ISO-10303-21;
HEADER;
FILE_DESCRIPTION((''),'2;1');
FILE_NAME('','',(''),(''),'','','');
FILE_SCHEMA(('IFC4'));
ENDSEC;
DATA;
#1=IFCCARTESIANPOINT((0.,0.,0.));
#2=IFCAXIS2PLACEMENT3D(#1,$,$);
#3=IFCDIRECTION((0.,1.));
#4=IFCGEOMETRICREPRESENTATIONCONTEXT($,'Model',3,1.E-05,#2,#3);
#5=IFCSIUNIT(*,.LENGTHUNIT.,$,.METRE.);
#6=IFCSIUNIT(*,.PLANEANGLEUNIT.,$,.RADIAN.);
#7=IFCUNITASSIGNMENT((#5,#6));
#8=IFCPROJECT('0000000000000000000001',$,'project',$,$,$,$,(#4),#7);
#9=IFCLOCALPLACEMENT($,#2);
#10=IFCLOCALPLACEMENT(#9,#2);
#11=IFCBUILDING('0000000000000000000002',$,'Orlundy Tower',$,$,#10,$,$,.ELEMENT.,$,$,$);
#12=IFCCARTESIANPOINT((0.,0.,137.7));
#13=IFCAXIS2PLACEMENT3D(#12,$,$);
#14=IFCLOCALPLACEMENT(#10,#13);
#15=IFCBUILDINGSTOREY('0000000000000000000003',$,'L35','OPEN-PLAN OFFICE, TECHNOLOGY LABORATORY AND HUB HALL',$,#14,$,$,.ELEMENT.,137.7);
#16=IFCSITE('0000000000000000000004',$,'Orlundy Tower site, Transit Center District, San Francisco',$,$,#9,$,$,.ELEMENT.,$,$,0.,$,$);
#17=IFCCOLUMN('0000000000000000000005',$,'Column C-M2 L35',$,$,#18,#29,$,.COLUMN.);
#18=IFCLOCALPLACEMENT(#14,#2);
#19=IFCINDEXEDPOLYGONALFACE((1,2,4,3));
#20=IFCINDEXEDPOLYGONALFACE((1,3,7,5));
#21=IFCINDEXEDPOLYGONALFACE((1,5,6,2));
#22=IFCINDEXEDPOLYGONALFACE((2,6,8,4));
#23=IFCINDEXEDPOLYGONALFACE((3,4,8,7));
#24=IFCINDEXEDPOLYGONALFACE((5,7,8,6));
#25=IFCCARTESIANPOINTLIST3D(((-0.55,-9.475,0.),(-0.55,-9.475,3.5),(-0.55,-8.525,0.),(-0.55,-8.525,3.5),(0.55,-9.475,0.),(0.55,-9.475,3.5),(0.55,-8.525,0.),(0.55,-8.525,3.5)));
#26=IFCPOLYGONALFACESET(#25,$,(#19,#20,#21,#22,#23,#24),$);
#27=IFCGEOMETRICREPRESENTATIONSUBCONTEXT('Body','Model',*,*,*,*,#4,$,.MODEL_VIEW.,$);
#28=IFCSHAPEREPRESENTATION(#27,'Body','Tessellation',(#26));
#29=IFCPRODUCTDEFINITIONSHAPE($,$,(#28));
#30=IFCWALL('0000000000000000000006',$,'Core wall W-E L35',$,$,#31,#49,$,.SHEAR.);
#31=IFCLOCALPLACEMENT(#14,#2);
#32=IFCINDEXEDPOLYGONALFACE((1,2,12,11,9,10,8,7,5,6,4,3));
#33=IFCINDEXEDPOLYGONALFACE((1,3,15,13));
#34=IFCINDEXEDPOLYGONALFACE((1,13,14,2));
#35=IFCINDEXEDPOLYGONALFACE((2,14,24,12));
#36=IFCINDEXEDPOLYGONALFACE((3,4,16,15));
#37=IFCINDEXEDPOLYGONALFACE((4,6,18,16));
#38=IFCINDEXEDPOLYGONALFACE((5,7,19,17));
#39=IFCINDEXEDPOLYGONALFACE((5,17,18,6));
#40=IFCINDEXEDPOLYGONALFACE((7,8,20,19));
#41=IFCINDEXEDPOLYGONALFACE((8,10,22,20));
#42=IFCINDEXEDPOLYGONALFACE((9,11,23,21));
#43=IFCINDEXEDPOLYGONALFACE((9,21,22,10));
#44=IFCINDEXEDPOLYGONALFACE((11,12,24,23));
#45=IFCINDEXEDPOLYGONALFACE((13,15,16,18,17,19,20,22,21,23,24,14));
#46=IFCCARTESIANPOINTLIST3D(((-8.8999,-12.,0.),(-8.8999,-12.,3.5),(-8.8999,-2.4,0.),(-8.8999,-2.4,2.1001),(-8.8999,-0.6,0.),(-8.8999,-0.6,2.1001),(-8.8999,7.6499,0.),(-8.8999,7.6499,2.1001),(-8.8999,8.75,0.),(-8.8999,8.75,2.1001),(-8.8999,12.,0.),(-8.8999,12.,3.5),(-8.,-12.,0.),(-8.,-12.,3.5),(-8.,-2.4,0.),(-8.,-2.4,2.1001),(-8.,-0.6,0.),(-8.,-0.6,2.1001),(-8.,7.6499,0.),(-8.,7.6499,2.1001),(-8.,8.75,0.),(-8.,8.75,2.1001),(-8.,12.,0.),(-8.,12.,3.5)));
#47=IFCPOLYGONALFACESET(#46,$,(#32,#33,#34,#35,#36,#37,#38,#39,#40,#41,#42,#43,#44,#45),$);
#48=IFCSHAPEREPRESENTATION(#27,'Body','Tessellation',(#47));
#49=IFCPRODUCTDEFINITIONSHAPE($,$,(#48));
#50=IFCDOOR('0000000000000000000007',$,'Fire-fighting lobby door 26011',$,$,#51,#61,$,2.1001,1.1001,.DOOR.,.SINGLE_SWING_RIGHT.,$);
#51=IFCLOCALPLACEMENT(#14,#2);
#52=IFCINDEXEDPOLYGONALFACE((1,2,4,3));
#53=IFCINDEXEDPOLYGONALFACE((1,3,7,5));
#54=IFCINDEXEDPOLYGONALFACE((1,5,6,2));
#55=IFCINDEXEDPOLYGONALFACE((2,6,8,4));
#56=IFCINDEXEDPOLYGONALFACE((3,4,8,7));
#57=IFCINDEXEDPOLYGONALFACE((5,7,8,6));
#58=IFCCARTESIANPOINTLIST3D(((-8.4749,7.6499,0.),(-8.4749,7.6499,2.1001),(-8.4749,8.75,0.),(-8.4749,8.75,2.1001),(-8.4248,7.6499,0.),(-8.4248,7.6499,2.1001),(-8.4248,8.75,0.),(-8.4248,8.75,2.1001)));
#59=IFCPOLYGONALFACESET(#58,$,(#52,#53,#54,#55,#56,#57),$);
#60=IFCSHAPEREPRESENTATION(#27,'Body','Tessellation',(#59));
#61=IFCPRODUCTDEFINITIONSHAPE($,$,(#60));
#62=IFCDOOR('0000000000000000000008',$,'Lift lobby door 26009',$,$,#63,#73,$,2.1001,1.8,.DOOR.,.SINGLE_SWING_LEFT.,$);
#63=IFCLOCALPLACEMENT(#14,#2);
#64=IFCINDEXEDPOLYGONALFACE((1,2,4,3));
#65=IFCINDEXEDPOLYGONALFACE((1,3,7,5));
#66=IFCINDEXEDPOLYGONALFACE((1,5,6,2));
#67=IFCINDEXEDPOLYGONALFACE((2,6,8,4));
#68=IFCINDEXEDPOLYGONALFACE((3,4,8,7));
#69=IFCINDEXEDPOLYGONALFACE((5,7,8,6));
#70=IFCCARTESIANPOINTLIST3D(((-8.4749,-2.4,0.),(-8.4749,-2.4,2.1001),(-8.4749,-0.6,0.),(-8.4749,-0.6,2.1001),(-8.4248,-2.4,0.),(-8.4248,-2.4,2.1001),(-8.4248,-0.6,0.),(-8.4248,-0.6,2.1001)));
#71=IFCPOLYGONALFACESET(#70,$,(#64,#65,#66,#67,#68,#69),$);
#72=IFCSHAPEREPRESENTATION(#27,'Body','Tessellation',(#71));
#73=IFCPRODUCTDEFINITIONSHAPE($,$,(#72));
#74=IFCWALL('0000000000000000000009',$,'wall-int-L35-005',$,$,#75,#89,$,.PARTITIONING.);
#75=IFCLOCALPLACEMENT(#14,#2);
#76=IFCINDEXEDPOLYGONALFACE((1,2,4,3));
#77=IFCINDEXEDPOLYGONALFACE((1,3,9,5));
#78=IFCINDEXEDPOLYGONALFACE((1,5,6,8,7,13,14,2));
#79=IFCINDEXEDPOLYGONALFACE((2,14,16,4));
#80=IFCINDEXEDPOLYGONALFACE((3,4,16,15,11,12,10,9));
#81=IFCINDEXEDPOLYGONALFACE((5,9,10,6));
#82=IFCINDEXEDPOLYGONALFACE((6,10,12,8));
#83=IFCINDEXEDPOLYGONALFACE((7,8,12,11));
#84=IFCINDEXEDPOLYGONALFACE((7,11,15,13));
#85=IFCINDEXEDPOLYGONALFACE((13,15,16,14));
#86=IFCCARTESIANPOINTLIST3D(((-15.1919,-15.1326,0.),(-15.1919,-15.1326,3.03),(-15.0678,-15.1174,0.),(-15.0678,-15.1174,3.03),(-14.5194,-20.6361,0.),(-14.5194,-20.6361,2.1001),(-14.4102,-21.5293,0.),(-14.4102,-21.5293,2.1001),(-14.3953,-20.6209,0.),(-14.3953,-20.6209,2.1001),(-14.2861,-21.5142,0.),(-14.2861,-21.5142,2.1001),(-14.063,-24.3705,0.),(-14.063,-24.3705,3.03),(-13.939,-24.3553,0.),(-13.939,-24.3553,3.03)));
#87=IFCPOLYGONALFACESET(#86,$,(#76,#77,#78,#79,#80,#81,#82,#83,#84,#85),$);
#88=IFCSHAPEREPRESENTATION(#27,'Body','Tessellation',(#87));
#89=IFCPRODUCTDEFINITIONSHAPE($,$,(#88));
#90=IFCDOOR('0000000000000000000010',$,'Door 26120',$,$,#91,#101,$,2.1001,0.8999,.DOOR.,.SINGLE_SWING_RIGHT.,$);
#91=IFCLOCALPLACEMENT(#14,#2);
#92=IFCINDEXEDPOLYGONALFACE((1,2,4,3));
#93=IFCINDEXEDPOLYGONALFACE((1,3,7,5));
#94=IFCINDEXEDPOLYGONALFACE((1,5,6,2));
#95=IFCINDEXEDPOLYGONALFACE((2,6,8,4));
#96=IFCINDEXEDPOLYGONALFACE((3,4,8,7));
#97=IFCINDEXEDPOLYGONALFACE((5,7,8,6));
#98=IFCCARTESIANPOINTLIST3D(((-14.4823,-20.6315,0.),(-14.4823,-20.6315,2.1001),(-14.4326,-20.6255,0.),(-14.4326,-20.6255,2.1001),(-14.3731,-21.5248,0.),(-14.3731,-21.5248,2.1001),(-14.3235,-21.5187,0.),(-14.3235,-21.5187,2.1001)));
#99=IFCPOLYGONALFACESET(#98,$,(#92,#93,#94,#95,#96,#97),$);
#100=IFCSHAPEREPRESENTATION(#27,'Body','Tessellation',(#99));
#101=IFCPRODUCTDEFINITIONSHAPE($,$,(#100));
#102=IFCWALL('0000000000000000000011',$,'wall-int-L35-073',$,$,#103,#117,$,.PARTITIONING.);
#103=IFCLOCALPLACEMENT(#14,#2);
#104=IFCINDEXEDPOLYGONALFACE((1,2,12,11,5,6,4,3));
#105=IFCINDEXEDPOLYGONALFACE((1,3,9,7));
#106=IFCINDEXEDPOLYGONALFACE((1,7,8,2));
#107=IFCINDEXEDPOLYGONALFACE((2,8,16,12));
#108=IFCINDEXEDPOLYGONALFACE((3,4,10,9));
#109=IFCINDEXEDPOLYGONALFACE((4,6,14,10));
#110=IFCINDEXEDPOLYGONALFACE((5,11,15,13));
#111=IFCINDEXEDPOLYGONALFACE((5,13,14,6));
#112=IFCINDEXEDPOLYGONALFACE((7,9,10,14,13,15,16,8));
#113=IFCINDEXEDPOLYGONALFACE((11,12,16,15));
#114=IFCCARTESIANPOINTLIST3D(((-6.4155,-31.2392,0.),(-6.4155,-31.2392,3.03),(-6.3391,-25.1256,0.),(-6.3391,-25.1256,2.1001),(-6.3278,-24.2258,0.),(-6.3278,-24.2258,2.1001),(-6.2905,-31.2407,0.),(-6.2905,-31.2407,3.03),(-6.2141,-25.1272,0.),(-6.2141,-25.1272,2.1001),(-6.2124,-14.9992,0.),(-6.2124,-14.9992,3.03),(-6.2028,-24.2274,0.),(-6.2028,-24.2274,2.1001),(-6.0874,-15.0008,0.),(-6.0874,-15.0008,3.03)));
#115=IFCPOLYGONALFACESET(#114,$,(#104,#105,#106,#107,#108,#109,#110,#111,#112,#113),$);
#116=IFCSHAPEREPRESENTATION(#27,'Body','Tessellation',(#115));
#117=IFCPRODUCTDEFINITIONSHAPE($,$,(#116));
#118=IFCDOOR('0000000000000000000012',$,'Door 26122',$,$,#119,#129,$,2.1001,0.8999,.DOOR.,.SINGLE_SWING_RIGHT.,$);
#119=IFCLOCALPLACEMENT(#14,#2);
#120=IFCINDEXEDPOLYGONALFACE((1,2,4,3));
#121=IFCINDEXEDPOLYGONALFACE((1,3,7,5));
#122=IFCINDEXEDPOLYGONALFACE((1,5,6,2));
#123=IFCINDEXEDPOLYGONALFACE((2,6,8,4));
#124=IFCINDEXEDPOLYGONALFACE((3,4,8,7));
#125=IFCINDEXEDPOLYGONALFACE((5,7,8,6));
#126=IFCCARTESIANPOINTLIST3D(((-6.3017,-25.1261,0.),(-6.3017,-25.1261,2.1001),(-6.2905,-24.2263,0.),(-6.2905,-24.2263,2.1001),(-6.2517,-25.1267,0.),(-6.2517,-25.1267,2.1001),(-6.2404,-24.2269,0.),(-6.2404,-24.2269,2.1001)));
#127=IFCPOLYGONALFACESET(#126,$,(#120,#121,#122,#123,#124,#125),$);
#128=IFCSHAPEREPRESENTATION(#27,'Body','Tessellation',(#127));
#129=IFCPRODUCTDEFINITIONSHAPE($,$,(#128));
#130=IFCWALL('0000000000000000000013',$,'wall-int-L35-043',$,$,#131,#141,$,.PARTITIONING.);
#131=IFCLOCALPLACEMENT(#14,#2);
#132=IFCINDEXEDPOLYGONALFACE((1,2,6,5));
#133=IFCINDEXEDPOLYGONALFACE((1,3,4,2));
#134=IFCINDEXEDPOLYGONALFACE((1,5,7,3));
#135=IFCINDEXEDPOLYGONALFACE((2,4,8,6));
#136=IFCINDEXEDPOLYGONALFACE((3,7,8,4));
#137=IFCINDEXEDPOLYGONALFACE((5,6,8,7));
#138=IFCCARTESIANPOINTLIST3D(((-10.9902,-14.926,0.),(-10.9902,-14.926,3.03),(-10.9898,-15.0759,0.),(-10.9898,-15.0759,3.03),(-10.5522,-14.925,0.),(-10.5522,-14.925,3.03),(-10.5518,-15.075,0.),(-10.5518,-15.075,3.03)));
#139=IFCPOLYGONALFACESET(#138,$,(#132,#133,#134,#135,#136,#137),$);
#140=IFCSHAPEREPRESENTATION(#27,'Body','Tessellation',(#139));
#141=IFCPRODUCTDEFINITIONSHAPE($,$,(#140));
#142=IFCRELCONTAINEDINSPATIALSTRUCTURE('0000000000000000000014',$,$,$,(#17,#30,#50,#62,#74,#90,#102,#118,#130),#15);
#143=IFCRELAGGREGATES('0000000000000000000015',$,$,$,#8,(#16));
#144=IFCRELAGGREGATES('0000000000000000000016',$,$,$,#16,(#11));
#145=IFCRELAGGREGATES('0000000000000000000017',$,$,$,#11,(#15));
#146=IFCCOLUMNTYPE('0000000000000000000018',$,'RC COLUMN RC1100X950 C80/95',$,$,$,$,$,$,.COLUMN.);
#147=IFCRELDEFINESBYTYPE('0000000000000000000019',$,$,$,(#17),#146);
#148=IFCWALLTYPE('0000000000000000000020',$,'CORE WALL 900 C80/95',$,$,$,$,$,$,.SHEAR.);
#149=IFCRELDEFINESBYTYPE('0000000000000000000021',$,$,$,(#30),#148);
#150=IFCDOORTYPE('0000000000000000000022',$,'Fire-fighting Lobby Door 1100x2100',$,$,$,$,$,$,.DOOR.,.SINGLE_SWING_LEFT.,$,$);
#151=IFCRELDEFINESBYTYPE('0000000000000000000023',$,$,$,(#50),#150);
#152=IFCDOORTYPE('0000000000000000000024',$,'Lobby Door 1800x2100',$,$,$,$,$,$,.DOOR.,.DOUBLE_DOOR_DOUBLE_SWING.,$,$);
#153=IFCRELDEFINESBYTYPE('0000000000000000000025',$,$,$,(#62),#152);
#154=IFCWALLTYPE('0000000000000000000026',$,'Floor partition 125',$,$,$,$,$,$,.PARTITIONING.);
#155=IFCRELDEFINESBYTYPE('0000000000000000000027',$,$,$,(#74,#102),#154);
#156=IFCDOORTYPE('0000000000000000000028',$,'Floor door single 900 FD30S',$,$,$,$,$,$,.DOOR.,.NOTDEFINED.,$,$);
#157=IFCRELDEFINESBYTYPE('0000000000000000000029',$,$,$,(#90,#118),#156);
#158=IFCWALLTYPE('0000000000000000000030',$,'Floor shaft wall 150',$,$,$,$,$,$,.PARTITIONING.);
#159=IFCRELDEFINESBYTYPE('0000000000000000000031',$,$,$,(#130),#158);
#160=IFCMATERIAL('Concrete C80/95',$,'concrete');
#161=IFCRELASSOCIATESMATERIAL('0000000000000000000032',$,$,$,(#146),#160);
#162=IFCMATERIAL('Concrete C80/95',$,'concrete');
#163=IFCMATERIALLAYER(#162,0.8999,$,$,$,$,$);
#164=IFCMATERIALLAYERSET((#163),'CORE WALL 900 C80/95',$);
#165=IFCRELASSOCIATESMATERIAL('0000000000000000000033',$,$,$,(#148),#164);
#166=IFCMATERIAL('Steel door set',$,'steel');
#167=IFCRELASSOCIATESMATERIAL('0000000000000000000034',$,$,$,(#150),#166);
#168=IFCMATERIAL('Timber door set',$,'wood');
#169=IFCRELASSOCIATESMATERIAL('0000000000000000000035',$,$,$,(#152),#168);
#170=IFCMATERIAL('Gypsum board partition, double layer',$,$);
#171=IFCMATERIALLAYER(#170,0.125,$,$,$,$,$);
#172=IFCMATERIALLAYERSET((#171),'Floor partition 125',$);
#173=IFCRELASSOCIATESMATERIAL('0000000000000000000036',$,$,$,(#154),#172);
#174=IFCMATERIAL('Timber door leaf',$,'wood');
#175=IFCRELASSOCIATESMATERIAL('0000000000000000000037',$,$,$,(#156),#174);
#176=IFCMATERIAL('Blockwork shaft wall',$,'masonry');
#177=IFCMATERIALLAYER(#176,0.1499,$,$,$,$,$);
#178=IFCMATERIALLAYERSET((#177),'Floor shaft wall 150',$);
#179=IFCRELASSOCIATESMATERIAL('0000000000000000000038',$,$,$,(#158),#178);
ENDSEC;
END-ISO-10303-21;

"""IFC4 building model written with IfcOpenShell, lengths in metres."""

from ifc_helpers import new_model, si_unit, direction, frame, frame_2d, origin, origin_2d, place, context, subcontext, project, spatial, rectangle, extrude, material, layer, layer_set, material_profile, profile_set, type_object, element, fill, save


model = new_model("IFC4")

# Units and contexts
model_context = context("Model", 3, precision=1e-05, world=origin(), true_north=direction((0.0, 1.0)))
body_context = subcontext(model_context, "Body", "Model", "MODEL_VIEW")
ifc_project = project(units=[si_unit("LENGTHUNIT", "METRE"), si_unit("PLANEANGLEUNIT", "RADIAN")], contexts=[model_context])

# Site, building, storey
site_placement = place(None, origin())
site = spatial("IfcSite", under=ifc_project, at=site_placement, Name="Orlundy Tower site, Transit Center District, San Francisco", CompositionType="ELEMENT", RefElevation=0.0)
building_placement = place(site_placement, origin())
building = spatial("IfcBuilding", under=site, at=building_placement, Name="Orlundy Tower", CompositionType="ELEMENT")
storey_placement = place(building_placement, frame((0.0, 0.0, 137.7)))
storey = spatial("IfcBuildingStorey", under=building, at=storey_placement, Name="L35", Description="OPEN-PLAN OFFICE, TECHNOLOGY LABORATORY AND HUB HALL", CompositionType="ELEMENT", Elevation=137.7)

# Column
ifc_material_1 = material(Name="Concrete C80/95", Category="concrete")
ifc_material_profile = material_profile(ifc_material_1, rectangle(XDim=1.1001, YDim=0.95, at=origin_2d()), Name="RC1100X950")
ifc_profile_set = profile_set([ifc_material_profile], Name="Concrete C80/95")
column_type = type_object("IfcColumnType", Name="RC COLUMN RC1100X950 C80/95", PredefinedType="COLUMN", material=ifc_profile_set)
column_placement = place(storey_placement, frame((0.0, -9.0, 0.0), z_axis=(0.0, 0.0, 1.0), x_axis=(1.0, 0.0, 0.0)))
element("IfcColumn", 1, at=column_placement, inside=storey, type_object=column_type, Name="Column C-M2 L35", PredefinedType="COLUMN", context=body_context, shape_type="SweptSolid", body=[
    extrude(rectangle(XDim=1.1001, YDim=0.95, at=origin_2d()), origin(), (0.0, 0.0, 1.0), 3.5),
])

# Wall, openings, doors
ifc_material_2 = material(Name="Concrete C80/95", Category="concrete")
ifc_layer_1 = layer(ifc_material_2, 0.8999)
ifc_layer_set_1 = layer_set([ifc_layer_1], Name="CORE WALL 900 C80/95")
wall_type_1 = type_object("IfcWallType", Name="CORE WALL 900 C80/95", PredefinedType="SHEAR", material=ifc_layer_set_1)
wall_1_placement = place(storey_placement, frame((-8.45, -12.0, 0.0), z_axis=(0.0, 0.0, 1.0), x_axis=(0.0, 1.0, 0.0)))
wall_1 = element("IfcWall", 2, at=wall_1_placement, inside=storey, type_object=wall_type_1, Name="Core wall W-E L35", PredefinedType="SHEAR", context=body_context, shape_type="SweptSolid", body=[
    extrude(rectangle(XDim=24.0, YDim=0.8999, at=frame_2d((12.0, 0.0))), origin(), (0.0, 0.0, 1.0), 3.5),
])
opening_1_placement = place(wall_1_placement, frame((9.6001, 0.0, 0.0)))
opening_1 = element("IfcOpeningElement", 3, at=opening_1_placement, cuts=wall_1, PredefinedType="OPENING", context=body_context, shape_type="SweptSolid", body=[
    extrude(rectangle(XDim=1.8, YDim=2.1001, at=frame_2d((0.8999, 1.05))), frame((0.0, 0.46, 0.0), z_axis=(0.0, -1.0, 0.0), x_axis=(1.0, 0.0, 0.0)), (0.0, 0.0, 1.0), 0.9199),
])
opening_2_placement = place(wall_1_placement, frame((19.6499, 0.0, 0.0)))
opening_2 = element("IfcOpeningElement", 4, at=opening_2_placement, cuts=wall_1, PredefinedType="OPENING", context=body_context, shape_type="SweptSolid", body=[
    extrude(rectangle(XDim=1.1001, YDim=2.1001, at=frame_2d((0.55, 1.05))), frame((0.0, 0.46, 0.0), z_axis=(0.0, -1.0, 0.0), x_axis=(1.0, 0.0, 0.0)), (0.0, 0.0, 1.0), 0.9199),
])
ifc_material_3 = material(Name="Steel door set", Category="steel")
door_type_1 = type_object("IfcDoorType", Name="Fire-fighting Lobby Door 1100x2100", OperationType="SINGLE_SWING_LEFT", PredefinedType="DOOR", material=ifc_material_3)
door_1_placement = place(opening_2_placement, origin())
door_1 = element("IfcDoor", 5, at=door_1_placement, inside=storey, type_object=door_type_1, Name="Fire-fighting lobby door 26011", OperationType="SINGLE_SWING_RIGHT", OverallHeight=2.1001, OverallWidth=1.1001, PredefinedType="DOOR", context=body_context, shape_type="SweptSolid", body=[
    extrude(rectangle(XDim=1.1001, YDim=2.1001, at=frame_2d((0.55, 1.05))), frame((0.0, 0.0249, 0.0), z_axis=(0.0, -1.0, 0.0), x_axis=(1.0, 0.0, 0.0)), (0.0, 0.0, 1.0), 0.05),
])
fill(opening_2, door_1)
ifc_material_4 = material(Name="Timber door set", Category="wood")
door_type_2 = type_object("IfcDoorType", Name="Lobby Door 1800x2100", OperationType="DOUBLE_DOOR_DOUBLE_SWING", PredefinedType="DOOR", material=ifc_material_4)
door_2_placement = place(opening_1_placement, origin())
door_2 = element("IfcDoor", 6, at=door_2_placement, inside=storey, type_object=door_type_2, Name="Lift lobby door 26009", OperationType="SINGLE_SWING_LEFT", OverallHeight=2.1001, OverallWidth=1.8, PredefinedType="DOOR", context=body_context, shape_type="SweptSolid", body=[
    extrude(rectangle(XDim=1.8, YDim=2.1001, at=frame_2d((0.8999, 1.05))), frame((0.0, 0.0249, 0.0), z_axis=(0.0, -1.0, 0.0), x_axis=(1.0, 0.0, 0.0)), (0.0, 0.0, 1.0), 0.05),
])
fill(opening_1, door_2)

# Walls, openings, doors
ifc_material_5 = material(Name="Gypsum board partition, double layer")
ifc_layer_2 = layer(ifc_material_5, 0.125)
ifc_layer_set_2 = layer_set([ifc_layer_2], Name="Floor partition 125")
wall_type_2 = type_object("IfcWallType", Name="Floor partition 125", PredefinedType="PARTITIONING", material=ifc_layer_set_2)
wall_2_placement = place(storey_placement, frame((-15.1299, -15.125, 0.0), z_axis=(0.0, 0.0, 1.0), x_axis=(0.1213, -0.992616, 0.0)))
wall_2 = element("IfcWall", 7, at=wall_2_placement, inside=storey, type_object=wall_type_2, Name="wall-int-L35-005", PredefinedType="PARTITIONING", context=body_context, shape_type="SweptSolid", body=[
    extrude(rectangle(XDim=9.3066, YDim=0.125, at=frame_2d((4.6533, 0.0))), origin(), (0.0, 0.0, 1.0), 3.03),
])
opening_3_placement = place(wall_2_placement, frame((5.5444, 0.0, 0.0)))
opening_3 = element("IfcOpeningElement", 8, at=opening_3_placement, cuts=wall_2, PredefinedType="OPENING", context=body_context, shape_type="SweptSolid", body=[
    extrude(rectangle(XDim=0.8999, YDim=2.1001, at=frame_2d((0.45, 1.05))), frame((0.0, 0.0725, 0.0), z_axis=(0.0, -1.0, 0.0), x_axis=(1.0, 0.0, 0.0)), (0.0, 0.0, 1.0), 0.145),
])
ifc_material_6 = material(Name="Timber door leaf", Category="wood")
door_type_3 = type_object("IfcDoorType", Name="Floor door single 900 FD30S", OperationType="NOTDEFINED", PredefinedType="DOOR", material=ifc_material_6)
door_3_placement = place(opening_3_placement, origin())
door_3 = element("IfcDoor", 9, at=door_3_placement, inside=storey, type_object=door_type_3, Name="Door 26120", OperationType="SINGLE_SWING_RIGHT", OverallHeight=2.1001, OverallWidth=0.8999, PredefinedType="DOOR", context=body_context, shape_type="SweptSolid", body=[
    extrude(rectangle(XDim=0.8999, YDim=2.1001, at=frame_2d((0.45, 1.05))), frame((0.0, 0.0249, 0.0), z_axis=(0.0, -1.0, 0.0), x_axis=(1.0, 0.0, 0.0)), (0.0, 0.0, 1.0), 0.05),
])
fill(opening_3, door_3)
wall_3_placement = place(storey_placement, frame((-6.1499, -15.0, 0.0), z_axis=(0.0, 0.0, 1.0), x_axis=(-0.012507, -0.999922, 0.0)))
wall_3 = element("IfcWall", 10, at=wall_3_placement, inside=storey, type_object=wall_type_2, Name="wall-int-L35-073", PredefinedType="PARTITIONING", context=body_context, shape_type="SweptSolid", body=[
    extrude(rectangle(XDim=16.2412, YDim=0.125, at=frame_2d((8.1206, 0.0))), origin(), (0.0, 0.0, 1.0), 3.03),
])
opening_4_placement = place(wall_3_placement, frame((9.2273, 0.0, 0.0)))
opening_4 = element("IfcOpeningElement", 11, at=opening_4_placement, cuts=wall_3, PredefinedType="OPENING", context=body_context, shape_type="SweptSolid", body=[
    extrude(rectangle(XDim=0.8999, YDim=2.1001, at=frame_2d((0.45, 1.05))), frame((0.0, 0.0725, 0.0), z_axis=(0.0, -1.0, 0.0), x_axis=(1.0, 0.0, 0.0)), (0.0, 0.0, 1.0), 0.145),
])
door_4_placement = place(opening_4_placement, origin())
door_4 = element("IfcDoor", 12, at=door_4_placement, inside=storey, type_object=door_type_3, Name="Door 26122", OperationType="SINGLE_SWING_RIGHT", OverallHeight=2.1001, OverallWidth=0.8999, PredefinedType="DOOR", context=body_context, shape_type="SweptSolid", body=[
    extrude(rectangle(XDim=0.8999, YDim=2.1001, at=frame_2d((0.45, 1.05))), frame((0.0, 0.0249, 0.0), z_axis=(0.0, -1.0, 0.0), x_axis=(1.0, 0.0, 0.0)), (0.0, 0.0, 1.0), 0.05),
])
fill(opening_4, door_4)

# Wall
ifc_material_7 = material(Name="Blockwork shaft wall", Category="masonry")
ifc_layer_3 = layer(ifc_material_7, 0.1499)
ifc_layer_set_3 = layer_set([ifc_layer_3], Name="Floor shaft wall 150")
wall_type_3 = type_object("IfcWallType", Name="Floor shaft wall 150", PredefinedType="PARTITIONING", material=ifc_layer_set_3)
wall_4_placement = place(storey_placement, frame((-10.99, -15.001, 0.0), z_axis=(0.0, 0.0, 1.0), x_axis=(0.999998, 0.00223, 0.0)))
element("IfcWall", 13, at=wall_4_placement, inside=storey, type_object=wall_type_3, Name="wall-int-L35-043", PredefinedType="PARTITIONING", context=body_context, shape_type="SweptSolid", body=[
    extrude(rectangle(XDim=0.438, YDim=0.1499, at=frame_2d((0.219, 0.0))), origin(), (0.0, 0.0, 1.0), 3.03),
])

save(model, "model.ifc")
